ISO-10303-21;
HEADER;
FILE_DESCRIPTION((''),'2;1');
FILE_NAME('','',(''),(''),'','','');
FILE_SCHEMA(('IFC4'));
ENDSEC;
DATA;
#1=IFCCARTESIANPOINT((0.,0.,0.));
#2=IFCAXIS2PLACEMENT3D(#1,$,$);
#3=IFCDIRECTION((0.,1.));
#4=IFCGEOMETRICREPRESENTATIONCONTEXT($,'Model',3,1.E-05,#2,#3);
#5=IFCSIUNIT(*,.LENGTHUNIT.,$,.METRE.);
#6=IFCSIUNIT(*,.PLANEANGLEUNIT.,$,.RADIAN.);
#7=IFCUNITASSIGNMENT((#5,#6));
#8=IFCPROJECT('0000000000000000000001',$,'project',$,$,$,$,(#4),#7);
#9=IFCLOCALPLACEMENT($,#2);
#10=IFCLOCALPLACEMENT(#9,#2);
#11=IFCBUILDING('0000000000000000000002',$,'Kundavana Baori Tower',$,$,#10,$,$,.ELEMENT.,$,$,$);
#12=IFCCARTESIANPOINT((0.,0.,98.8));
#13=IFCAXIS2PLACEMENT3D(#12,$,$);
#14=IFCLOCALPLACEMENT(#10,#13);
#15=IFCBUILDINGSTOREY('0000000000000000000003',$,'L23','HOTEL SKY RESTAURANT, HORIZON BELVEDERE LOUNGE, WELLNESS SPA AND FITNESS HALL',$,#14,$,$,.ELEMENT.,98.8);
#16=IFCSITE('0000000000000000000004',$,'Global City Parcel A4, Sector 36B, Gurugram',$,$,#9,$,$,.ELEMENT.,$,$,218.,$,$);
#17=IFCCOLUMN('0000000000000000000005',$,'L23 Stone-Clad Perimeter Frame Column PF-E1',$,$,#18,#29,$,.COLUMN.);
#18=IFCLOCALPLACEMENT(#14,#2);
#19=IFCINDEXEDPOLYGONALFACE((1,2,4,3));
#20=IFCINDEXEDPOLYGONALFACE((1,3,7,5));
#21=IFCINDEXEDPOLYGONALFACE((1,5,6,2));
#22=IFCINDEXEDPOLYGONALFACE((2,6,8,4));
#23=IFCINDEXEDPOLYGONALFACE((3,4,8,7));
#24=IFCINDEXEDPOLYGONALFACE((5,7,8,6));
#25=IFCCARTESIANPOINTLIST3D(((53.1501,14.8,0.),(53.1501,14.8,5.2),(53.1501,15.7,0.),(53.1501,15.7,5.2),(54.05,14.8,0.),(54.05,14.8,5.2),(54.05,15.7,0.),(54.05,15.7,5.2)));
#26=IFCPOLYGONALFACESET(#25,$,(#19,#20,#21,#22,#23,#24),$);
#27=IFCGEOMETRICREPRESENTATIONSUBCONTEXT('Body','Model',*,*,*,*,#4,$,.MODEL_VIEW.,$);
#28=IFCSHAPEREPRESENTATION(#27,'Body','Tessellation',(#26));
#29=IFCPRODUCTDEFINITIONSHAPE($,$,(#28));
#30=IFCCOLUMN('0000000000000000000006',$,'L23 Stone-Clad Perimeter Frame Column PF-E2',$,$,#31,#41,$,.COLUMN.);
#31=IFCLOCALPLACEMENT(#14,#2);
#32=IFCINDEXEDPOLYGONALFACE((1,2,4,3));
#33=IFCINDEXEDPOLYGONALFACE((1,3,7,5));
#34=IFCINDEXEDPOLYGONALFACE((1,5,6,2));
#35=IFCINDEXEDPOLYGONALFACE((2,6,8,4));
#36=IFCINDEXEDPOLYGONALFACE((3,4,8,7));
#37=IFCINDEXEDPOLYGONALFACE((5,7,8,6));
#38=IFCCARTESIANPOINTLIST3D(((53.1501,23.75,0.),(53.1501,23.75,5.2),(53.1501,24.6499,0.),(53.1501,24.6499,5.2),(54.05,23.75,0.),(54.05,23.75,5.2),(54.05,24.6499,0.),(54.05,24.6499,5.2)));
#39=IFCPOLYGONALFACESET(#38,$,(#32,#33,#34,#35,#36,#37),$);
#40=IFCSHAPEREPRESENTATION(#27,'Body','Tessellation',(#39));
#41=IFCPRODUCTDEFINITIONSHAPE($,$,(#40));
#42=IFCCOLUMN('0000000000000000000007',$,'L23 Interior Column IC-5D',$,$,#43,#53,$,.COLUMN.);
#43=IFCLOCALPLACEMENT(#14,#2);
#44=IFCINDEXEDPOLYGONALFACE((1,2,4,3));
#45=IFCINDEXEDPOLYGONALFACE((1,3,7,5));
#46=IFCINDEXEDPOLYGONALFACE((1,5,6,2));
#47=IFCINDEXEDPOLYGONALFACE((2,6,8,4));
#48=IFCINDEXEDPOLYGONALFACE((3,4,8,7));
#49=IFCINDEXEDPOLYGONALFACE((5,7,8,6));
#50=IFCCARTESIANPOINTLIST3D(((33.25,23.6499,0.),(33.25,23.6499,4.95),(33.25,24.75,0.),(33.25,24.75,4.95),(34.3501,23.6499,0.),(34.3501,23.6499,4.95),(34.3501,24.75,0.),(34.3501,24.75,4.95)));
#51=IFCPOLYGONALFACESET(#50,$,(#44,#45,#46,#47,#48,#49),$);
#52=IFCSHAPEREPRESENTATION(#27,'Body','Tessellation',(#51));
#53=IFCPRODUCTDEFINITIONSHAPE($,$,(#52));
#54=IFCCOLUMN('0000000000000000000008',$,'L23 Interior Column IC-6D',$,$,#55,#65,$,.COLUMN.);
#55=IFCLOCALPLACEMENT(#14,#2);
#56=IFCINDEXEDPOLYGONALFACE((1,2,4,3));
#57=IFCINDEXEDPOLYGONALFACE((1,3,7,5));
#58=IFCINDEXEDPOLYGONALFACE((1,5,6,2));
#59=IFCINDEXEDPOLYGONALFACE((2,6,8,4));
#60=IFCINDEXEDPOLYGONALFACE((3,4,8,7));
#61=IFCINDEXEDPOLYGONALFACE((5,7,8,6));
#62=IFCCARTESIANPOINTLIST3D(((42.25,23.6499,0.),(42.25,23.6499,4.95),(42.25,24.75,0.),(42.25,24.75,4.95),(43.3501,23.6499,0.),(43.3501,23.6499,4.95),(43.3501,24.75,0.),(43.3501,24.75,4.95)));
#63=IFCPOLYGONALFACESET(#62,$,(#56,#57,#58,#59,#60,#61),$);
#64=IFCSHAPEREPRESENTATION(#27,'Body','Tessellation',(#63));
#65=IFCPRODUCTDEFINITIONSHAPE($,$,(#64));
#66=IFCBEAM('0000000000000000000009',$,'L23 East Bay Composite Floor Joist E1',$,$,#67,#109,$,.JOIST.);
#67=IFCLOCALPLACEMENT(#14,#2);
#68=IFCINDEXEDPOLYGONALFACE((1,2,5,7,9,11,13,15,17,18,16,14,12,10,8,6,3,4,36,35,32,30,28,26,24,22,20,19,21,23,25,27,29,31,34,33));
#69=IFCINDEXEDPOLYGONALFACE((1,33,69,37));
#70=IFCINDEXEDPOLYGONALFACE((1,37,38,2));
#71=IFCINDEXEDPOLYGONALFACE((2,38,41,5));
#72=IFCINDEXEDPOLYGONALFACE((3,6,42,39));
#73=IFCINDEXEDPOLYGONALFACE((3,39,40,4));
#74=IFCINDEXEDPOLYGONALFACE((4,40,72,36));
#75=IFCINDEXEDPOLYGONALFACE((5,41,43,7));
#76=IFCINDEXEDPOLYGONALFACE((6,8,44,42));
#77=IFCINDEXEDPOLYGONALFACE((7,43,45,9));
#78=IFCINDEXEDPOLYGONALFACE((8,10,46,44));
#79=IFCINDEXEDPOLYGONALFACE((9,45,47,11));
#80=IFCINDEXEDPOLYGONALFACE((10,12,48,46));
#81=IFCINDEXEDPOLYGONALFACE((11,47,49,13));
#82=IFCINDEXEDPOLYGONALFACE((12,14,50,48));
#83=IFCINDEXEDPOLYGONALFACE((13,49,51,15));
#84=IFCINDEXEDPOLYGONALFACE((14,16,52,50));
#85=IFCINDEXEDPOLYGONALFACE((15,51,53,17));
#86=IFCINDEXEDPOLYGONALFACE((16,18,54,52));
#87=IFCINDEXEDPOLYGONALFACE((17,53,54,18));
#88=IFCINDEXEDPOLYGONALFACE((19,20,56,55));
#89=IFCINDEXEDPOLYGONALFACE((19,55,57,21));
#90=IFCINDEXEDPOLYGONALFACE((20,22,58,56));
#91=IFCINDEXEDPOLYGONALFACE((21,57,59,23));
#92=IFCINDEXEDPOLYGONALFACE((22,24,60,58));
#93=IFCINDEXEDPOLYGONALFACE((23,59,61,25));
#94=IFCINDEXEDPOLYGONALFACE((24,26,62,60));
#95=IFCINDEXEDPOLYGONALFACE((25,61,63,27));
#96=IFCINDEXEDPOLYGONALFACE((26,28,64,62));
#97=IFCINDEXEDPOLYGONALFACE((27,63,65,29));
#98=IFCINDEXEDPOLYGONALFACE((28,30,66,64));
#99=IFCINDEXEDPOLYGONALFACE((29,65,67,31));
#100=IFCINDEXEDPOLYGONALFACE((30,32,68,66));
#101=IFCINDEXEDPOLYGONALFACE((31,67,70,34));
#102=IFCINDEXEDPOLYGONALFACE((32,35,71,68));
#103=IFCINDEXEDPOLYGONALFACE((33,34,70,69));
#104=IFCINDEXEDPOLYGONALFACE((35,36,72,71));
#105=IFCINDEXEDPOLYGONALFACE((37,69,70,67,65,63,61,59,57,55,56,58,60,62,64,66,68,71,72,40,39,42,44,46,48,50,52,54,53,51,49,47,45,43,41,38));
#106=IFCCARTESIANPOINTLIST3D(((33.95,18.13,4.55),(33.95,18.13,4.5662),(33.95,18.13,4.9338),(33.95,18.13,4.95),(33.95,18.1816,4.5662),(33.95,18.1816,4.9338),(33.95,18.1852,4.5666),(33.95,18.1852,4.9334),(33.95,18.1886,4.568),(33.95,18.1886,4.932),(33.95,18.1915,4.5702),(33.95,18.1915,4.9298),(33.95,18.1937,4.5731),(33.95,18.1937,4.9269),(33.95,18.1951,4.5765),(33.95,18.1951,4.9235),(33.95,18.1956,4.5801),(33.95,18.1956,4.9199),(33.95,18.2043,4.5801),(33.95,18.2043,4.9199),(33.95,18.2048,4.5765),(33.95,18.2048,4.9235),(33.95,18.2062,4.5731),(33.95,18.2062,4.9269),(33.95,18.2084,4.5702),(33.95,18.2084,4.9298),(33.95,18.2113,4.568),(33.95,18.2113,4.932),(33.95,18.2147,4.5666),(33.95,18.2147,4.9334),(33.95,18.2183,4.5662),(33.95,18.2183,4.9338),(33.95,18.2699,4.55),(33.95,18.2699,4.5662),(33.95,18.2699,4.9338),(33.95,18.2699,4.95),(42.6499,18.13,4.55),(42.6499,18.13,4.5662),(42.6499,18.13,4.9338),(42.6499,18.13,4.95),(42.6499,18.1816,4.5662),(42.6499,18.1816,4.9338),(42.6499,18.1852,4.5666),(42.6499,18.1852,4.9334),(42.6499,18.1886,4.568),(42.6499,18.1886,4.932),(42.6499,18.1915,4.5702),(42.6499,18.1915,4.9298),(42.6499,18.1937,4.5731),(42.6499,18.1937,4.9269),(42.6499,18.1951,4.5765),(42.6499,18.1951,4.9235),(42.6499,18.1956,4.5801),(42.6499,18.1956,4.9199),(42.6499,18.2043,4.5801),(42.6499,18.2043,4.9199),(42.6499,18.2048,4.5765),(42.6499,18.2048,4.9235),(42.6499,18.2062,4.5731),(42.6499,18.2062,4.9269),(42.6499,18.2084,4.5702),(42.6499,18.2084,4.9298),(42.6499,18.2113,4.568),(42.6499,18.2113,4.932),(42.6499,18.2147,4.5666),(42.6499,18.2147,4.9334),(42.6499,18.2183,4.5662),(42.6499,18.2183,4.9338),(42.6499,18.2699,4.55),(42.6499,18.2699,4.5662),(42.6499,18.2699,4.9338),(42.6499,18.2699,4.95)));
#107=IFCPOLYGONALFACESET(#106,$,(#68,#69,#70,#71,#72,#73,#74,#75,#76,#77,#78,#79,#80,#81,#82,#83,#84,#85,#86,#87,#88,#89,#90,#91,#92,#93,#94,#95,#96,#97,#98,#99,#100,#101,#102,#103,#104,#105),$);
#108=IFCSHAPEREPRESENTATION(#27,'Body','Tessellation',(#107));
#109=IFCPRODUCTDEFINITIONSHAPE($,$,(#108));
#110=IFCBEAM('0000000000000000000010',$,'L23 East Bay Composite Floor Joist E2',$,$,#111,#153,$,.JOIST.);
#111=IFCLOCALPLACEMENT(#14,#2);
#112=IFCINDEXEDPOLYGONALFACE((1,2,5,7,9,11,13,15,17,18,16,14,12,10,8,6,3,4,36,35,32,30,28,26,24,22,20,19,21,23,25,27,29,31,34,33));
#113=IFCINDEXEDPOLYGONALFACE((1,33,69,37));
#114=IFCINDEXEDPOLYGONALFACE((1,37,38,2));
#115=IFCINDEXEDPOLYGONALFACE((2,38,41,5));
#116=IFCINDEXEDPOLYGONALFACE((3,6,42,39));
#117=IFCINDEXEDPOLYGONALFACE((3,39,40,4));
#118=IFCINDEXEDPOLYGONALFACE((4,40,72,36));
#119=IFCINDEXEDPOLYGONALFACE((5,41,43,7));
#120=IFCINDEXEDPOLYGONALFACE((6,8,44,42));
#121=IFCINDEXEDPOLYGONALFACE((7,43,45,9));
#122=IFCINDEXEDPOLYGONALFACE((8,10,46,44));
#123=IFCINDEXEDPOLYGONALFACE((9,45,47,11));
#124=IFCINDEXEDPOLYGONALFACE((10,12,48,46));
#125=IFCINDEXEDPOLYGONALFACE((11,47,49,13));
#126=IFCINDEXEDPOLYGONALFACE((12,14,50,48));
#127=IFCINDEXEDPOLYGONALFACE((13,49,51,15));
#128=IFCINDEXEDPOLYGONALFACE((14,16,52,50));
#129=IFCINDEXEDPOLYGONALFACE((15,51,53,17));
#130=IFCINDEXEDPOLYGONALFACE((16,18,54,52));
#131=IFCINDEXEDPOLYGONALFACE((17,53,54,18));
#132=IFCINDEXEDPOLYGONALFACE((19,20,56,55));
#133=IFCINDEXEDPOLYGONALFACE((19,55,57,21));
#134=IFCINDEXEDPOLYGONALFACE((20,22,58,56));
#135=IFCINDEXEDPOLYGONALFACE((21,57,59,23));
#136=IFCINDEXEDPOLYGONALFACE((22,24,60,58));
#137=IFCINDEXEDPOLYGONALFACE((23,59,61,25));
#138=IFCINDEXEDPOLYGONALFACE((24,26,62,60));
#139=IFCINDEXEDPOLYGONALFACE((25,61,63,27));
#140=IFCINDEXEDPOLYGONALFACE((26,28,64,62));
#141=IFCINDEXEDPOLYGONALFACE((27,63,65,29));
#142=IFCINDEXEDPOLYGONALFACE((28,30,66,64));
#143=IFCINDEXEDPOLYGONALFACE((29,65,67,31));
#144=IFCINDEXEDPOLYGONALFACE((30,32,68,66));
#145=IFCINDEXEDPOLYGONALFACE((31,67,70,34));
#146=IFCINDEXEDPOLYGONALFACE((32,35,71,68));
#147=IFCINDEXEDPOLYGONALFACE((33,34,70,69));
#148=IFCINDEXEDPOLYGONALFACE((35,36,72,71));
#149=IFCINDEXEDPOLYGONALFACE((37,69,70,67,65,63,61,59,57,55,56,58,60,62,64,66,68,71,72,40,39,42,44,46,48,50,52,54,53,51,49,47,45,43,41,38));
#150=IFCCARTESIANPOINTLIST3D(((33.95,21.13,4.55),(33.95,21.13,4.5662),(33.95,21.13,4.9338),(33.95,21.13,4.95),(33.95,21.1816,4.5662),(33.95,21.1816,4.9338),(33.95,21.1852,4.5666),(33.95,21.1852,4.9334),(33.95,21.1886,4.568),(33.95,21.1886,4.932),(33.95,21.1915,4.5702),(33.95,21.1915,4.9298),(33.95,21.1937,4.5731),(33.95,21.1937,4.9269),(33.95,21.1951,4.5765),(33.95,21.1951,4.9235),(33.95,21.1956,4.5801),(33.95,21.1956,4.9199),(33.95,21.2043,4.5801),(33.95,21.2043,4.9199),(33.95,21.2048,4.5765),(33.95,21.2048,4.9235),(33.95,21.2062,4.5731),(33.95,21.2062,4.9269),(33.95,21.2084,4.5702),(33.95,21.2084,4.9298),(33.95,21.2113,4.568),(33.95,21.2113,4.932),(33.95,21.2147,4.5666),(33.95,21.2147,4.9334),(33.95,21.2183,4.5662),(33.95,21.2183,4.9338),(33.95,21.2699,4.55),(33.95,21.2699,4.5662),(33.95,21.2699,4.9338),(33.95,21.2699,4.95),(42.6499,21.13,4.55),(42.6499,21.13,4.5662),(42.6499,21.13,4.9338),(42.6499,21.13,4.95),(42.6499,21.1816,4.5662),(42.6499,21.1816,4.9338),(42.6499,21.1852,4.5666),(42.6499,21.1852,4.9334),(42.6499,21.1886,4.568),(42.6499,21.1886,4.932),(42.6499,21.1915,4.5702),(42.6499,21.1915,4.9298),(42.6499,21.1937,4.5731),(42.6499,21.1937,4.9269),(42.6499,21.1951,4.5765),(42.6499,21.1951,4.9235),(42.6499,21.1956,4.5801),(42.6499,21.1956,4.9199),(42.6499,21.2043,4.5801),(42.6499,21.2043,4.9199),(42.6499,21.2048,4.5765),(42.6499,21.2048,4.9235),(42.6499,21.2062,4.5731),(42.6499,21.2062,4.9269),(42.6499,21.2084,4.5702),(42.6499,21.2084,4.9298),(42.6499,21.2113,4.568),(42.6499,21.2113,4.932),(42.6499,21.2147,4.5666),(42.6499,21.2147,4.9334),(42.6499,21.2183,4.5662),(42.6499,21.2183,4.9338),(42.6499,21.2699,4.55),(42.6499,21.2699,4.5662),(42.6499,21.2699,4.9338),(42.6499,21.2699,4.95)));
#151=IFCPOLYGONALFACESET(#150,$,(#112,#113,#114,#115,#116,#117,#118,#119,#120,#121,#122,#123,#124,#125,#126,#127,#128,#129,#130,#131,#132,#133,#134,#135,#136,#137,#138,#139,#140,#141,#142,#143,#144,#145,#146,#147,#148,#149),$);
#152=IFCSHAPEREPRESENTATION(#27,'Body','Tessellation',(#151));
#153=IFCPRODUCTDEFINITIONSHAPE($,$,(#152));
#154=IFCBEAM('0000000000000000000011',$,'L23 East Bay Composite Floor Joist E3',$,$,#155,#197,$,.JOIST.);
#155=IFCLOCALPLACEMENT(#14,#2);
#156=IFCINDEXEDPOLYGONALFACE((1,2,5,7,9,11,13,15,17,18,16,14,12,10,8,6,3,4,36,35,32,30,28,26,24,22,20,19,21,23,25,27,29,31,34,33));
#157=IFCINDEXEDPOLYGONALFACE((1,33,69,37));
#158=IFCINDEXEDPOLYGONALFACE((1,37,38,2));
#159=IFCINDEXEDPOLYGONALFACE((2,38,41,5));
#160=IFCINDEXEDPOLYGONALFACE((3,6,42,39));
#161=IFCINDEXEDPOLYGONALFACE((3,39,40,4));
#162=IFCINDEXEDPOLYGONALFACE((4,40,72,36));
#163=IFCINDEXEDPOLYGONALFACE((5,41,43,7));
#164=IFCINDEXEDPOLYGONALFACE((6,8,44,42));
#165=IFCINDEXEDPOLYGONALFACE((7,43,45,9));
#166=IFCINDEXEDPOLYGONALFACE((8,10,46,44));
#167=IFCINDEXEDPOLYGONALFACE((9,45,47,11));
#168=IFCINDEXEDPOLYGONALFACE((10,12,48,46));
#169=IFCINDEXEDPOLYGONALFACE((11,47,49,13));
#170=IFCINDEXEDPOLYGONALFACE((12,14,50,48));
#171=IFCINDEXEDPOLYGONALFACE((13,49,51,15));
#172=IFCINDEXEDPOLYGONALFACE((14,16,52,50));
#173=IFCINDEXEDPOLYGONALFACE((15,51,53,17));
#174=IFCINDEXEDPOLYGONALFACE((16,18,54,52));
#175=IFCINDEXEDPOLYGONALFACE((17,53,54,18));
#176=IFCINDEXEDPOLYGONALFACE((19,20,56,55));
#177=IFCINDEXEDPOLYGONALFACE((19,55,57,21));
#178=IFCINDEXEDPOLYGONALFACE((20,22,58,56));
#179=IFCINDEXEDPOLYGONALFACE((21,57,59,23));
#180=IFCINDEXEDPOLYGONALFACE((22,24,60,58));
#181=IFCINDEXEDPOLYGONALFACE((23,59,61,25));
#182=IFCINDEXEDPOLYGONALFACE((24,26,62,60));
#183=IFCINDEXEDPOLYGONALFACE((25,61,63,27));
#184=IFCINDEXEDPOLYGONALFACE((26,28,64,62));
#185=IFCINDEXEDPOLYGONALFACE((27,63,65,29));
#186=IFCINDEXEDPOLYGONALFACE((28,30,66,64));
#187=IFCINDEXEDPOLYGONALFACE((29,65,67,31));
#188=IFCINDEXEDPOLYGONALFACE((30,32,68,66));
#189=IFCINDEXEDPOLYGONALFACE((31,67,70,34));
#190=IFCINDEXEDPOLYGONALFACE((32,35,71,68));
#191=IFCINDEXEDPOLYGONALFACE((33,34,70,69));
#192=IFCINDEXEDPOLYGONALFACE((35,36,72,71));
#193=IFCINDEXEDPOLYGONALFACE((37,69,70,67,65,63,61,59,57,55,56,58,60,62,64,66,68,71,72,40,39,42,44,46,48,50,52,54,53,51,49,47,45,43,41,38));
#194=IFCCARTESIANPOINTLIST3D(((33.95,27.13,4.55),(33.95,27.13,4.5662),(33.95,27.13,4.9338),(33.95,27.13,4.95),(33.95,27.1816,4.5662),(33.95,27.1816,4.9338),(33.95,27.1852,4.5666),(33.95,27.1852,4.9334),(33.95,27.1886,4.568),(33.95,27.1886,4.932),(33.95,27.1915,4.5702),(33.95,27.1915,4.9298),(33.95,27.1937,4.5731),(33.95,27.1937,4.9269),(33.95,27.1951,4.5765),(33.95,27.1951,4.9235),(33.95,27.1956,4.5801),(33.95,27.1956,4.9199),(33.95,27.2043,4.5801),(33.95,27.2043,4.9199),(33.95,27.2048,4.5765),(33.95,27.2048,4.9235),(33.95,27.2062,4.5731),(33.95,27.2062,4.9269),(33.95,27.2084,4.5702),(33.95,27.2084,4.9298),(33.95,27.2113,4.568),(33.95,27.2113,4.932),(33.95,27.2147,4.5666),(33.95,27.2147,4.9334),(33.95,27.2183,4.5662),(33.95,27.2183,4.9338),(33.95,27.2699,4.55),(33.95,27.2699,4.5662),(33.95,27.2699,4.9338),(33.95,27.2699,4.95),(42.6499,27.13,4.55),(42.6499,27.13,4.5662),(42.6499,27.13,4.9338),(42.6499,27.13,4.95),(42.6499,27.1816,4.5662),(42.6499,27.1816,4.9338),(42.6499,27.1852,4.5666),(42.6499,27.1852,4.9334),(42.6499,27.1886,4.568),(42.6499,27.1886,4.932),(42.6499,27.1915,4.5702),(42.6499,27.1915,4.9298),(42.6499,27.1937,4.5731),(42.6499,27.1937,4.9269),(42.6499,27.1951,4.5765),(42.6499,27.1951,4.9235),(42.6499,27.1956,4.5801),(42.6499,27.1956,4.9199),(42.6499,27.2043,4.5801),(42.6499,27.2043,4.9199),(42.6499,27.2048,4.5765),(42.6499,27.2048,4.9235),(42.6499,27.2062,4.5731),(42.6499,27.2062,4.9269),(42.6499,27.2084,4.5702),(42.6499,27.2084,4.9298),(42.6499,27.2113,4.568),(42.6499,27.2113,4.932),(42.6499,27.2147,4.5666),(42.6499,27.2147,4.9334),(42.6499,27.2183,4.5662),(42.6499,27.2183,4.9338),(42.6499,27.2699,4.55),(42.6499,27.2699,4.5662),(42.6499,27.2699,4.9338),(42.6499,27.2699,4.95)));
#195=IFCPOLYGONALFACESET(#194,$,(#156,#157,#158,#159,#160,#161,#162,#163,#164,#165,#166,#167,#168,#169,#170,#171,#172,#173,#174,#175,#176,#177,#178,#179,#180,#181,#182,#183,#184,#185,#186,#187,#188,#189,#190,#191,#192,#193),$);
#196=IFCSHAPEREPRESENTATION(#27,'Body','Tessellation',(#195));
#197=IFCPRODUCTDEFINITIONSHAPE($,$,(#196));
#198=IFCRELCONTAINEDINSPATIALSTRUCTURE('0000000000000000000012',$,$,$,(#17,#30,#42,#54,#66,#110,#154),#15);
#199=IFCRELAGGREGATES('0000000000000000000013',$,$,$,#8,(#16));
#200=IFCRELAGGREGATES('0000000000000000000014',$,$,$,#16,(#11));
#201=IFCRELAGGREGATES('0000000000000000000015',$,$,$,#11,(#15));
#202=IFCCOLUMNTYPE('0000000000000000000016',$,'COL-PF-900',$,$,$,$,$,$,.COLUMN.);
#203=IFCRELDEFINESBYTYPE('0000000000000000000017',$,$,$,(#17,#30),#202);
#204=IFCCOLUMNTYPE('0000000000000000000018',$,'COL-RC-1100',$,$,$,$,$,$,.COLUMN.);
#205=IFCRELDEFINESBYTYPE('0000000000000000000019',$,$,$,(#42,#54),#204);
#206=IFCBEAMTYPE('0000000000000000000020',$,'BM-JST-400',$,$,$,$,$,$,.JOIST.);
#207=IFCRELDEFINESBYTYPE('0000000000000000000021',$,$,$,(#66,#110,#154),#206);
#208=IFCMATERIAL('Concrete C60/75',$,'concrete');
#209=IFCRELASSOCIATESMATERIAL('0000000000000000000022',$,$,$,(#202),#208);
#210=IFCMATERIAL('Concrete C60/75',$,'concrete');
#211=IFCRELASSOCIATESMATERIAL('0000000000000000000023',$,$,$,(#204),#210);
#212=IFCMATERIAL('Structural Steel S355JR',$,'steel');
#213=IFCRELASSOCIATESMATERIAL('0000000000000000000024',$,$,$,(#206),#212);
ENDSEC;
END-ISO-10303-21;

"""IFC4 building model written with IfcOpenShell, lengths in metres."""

from ifc_helpers import new_model, si_unit, direction, frame, origin, origin_2d, place, context, subcontext, project, spatial, rectangle, i_section, extrude, material, material_profile, profile_set, type_object, element, save


model = new_model("IFC4")

# Units and contexts
model_context = context("Model", 3, precision=1e-05, world=origin(), true_north=direction((0.0, 1.0)))
body_context = subcontext(model_context, "Body", "Model", "MODEL_VIEW")
ifc_project = project(units=[si_unit("LENGTHUNIT", "METRE"), si_unit("PLANEANGLEUNIT", "RADIAN")], contexts=[model_context])

# Site, building, storey
site_placement = place(None, origin())
site = spatial("IfcSite", under=ifc_project, at=site_placement, Name="Global City Parcel A4, Sector 36B, Gurugram", CompositionType="ELEMENT", RefElevation=218.0)
building_placement = place(site_placement, origin())
building = spatial("IfcBuilding", under=site, at=building_placement, Name="Kundavana Baori Tower", CompositionType="ELEMENT")
storey_placement = place(building_placement, frame((0.0, 0.0, 98.8)))
storey = spatial("IfcBuildingStorey", under=building, at=storey_placement, Name="L23", Description="HOTEL SKY RESTAURANT, HORIZON BELVEDERE LOUNGE, WELLNESS SPA AND FITNESS HALL", CompositionType="ELEMENT", Elevation=98.8)

# Columns
ifc_material_1 = material(Name="Concrete C60/75", Category="concrete")
ifc_material_profile_1 = material_profile(ifc_material_1, rectangle(XDim=0.8999, YDim=0.8999, at=origin_2d()), Name="RC PF 900x900")
ifc_profile_set_1 = profile_set([ifc_material_profile_1], Name="Concrete C60/75")
column_type_1 = type_object("IfcColumnType", Name="COL-PF-900", PredefinedType="COLUMN", material=ifc_profile_set_1)
for number, where, z_axis, x_axis, name in (
    (1, (53.6001, 15.25, 0.0), (0.0, 0.0, 1.0), (1.0, 0.0, 0.0), "L23 Stone-Clad Perimeter Frame Column PF-E1"),
    (2, (53.6001, 24.2, 0.0), (0.0, 0.0, 1.0), (1.0, 0.0, 0.0), "L23 Stone-Clad Perimeter Frame Column PF-E2"),
):
    element("IfcColumn", number, at=place(storey_placement, frame(where, z_axis=z_axis, x_axis=x_axis)), inside=storey, type_object=column_type_1, Name=name, PredefinedType="COLUMN", context=body_context, shape_type="SweptSolid", body=[
        extrude(rectangle(XDim=0.8999, YDim=0.8999, at=origin_2d()), origin(), (0.0, 0.0, 1.0), 5.2),
    ])
ifc_material_2 = material(Name="Concrete C60/75", Category="concrete")
ifc_material_profile_2 = material_profile(ifc_material_2, rectangle(XDim=1.1001, YDim=1.1001, at=origin_2d()), Name="RC 1100x1100")
ifc_profile_set_2 = profile_set([ifc_material_profile_2], Name="Concrete C60/75")
column_type_2 = type_object("IfcColumnType", Name="COL-RC-1100", PredefinedType="COLUMN", material=ifc_profile_set_2)
for number, where, z_axis, x_axis, name in (
    (3, (33.8, 24.2, 0.0), (0.0, 0.0, 1.0), (1.0, 0.0, 0.0), "L23 Interior Column IC-5D"),
    (4, (42.8, 24.2, 0.0), (0.0, 0.0, 1.0), (1.0, 0.0, 0.0), "L23 Interior Column IC-6D"),
):
    element("IfcColumn", number, at=place(storey_placement, frame(where, z_axis=z_axis, x_axis=x_axis)), inside=storey, type_object=column_type_2, Name=name, PredefinedType="COLUMN", context=body_context, shape_type="SweptSolid", body=[
        extrude(rectangle(XDim=1.1001, YDim=1.1001, at=origin_2d()), origin(), (0.0, 0.0, 1.0), 4.95),
    ])

# Beams
ifc_material_3 = material(Name="Structural Steel S355JR", Category="steel")
ifc_material_profile_3 = material_profile(ifc_material_3, i_section(OverallWidth=0.1399, OverallDepth=0.3999, WebThickness=0.0088, FlangeThickness=0.0161, FilletRadius=0.0139, at=origin_2d()), Name="ISMB 400")
ifc_profile_set_3 = profile_set([ifc_material_profile_3], Name="Structural Steel S355JR")
beam_type_1 = type_object("IfcBeamType", Name="BM-JST-400", PredefinedType="JOIST", material=ifc_profile_set_3)
for number, where, z_axis, x_axis, name in (
    (5, (33.95, 18.2, 4.75), (1.0, 0.0, 0.0), (0.0, 1.0, 0.0), "L23 East Bay Composite Floor Joist E1"),
    (6, (33.95, 21.2, 4.75), (1.0, 0.0, 0.0), (0.0, 1.0, 0.0), "L23 East Bay Composite Floor Joist E2"),
    (7, (33.95, 27.2, 4.75), (1.0, 0.0, 0.0), (0.0, 1.0, 0.0), "L23 East Bay Composite Floor Joist E3"),
):
    element("IfcBeam", number, at=place(storey_placement, frame(where, z_axis=z_axis, x_axis=x_axis)), inside=storey, type_object=beam_type_1, Name=name, PredefinedType="JOIST", context=body_context, shape_type="SweptSolid", body=[
        extrude(i_section(OverallWidth=0.1399, OverallDepth=0.3999, WebThickness=0.0088, FlangeThickness=0.0161, FilletRadius=0.0139, at=origin_2d()), origin(), (0.0, 0.0, 1.0), 8.7),
    ])

save(model, "model.ifc")
